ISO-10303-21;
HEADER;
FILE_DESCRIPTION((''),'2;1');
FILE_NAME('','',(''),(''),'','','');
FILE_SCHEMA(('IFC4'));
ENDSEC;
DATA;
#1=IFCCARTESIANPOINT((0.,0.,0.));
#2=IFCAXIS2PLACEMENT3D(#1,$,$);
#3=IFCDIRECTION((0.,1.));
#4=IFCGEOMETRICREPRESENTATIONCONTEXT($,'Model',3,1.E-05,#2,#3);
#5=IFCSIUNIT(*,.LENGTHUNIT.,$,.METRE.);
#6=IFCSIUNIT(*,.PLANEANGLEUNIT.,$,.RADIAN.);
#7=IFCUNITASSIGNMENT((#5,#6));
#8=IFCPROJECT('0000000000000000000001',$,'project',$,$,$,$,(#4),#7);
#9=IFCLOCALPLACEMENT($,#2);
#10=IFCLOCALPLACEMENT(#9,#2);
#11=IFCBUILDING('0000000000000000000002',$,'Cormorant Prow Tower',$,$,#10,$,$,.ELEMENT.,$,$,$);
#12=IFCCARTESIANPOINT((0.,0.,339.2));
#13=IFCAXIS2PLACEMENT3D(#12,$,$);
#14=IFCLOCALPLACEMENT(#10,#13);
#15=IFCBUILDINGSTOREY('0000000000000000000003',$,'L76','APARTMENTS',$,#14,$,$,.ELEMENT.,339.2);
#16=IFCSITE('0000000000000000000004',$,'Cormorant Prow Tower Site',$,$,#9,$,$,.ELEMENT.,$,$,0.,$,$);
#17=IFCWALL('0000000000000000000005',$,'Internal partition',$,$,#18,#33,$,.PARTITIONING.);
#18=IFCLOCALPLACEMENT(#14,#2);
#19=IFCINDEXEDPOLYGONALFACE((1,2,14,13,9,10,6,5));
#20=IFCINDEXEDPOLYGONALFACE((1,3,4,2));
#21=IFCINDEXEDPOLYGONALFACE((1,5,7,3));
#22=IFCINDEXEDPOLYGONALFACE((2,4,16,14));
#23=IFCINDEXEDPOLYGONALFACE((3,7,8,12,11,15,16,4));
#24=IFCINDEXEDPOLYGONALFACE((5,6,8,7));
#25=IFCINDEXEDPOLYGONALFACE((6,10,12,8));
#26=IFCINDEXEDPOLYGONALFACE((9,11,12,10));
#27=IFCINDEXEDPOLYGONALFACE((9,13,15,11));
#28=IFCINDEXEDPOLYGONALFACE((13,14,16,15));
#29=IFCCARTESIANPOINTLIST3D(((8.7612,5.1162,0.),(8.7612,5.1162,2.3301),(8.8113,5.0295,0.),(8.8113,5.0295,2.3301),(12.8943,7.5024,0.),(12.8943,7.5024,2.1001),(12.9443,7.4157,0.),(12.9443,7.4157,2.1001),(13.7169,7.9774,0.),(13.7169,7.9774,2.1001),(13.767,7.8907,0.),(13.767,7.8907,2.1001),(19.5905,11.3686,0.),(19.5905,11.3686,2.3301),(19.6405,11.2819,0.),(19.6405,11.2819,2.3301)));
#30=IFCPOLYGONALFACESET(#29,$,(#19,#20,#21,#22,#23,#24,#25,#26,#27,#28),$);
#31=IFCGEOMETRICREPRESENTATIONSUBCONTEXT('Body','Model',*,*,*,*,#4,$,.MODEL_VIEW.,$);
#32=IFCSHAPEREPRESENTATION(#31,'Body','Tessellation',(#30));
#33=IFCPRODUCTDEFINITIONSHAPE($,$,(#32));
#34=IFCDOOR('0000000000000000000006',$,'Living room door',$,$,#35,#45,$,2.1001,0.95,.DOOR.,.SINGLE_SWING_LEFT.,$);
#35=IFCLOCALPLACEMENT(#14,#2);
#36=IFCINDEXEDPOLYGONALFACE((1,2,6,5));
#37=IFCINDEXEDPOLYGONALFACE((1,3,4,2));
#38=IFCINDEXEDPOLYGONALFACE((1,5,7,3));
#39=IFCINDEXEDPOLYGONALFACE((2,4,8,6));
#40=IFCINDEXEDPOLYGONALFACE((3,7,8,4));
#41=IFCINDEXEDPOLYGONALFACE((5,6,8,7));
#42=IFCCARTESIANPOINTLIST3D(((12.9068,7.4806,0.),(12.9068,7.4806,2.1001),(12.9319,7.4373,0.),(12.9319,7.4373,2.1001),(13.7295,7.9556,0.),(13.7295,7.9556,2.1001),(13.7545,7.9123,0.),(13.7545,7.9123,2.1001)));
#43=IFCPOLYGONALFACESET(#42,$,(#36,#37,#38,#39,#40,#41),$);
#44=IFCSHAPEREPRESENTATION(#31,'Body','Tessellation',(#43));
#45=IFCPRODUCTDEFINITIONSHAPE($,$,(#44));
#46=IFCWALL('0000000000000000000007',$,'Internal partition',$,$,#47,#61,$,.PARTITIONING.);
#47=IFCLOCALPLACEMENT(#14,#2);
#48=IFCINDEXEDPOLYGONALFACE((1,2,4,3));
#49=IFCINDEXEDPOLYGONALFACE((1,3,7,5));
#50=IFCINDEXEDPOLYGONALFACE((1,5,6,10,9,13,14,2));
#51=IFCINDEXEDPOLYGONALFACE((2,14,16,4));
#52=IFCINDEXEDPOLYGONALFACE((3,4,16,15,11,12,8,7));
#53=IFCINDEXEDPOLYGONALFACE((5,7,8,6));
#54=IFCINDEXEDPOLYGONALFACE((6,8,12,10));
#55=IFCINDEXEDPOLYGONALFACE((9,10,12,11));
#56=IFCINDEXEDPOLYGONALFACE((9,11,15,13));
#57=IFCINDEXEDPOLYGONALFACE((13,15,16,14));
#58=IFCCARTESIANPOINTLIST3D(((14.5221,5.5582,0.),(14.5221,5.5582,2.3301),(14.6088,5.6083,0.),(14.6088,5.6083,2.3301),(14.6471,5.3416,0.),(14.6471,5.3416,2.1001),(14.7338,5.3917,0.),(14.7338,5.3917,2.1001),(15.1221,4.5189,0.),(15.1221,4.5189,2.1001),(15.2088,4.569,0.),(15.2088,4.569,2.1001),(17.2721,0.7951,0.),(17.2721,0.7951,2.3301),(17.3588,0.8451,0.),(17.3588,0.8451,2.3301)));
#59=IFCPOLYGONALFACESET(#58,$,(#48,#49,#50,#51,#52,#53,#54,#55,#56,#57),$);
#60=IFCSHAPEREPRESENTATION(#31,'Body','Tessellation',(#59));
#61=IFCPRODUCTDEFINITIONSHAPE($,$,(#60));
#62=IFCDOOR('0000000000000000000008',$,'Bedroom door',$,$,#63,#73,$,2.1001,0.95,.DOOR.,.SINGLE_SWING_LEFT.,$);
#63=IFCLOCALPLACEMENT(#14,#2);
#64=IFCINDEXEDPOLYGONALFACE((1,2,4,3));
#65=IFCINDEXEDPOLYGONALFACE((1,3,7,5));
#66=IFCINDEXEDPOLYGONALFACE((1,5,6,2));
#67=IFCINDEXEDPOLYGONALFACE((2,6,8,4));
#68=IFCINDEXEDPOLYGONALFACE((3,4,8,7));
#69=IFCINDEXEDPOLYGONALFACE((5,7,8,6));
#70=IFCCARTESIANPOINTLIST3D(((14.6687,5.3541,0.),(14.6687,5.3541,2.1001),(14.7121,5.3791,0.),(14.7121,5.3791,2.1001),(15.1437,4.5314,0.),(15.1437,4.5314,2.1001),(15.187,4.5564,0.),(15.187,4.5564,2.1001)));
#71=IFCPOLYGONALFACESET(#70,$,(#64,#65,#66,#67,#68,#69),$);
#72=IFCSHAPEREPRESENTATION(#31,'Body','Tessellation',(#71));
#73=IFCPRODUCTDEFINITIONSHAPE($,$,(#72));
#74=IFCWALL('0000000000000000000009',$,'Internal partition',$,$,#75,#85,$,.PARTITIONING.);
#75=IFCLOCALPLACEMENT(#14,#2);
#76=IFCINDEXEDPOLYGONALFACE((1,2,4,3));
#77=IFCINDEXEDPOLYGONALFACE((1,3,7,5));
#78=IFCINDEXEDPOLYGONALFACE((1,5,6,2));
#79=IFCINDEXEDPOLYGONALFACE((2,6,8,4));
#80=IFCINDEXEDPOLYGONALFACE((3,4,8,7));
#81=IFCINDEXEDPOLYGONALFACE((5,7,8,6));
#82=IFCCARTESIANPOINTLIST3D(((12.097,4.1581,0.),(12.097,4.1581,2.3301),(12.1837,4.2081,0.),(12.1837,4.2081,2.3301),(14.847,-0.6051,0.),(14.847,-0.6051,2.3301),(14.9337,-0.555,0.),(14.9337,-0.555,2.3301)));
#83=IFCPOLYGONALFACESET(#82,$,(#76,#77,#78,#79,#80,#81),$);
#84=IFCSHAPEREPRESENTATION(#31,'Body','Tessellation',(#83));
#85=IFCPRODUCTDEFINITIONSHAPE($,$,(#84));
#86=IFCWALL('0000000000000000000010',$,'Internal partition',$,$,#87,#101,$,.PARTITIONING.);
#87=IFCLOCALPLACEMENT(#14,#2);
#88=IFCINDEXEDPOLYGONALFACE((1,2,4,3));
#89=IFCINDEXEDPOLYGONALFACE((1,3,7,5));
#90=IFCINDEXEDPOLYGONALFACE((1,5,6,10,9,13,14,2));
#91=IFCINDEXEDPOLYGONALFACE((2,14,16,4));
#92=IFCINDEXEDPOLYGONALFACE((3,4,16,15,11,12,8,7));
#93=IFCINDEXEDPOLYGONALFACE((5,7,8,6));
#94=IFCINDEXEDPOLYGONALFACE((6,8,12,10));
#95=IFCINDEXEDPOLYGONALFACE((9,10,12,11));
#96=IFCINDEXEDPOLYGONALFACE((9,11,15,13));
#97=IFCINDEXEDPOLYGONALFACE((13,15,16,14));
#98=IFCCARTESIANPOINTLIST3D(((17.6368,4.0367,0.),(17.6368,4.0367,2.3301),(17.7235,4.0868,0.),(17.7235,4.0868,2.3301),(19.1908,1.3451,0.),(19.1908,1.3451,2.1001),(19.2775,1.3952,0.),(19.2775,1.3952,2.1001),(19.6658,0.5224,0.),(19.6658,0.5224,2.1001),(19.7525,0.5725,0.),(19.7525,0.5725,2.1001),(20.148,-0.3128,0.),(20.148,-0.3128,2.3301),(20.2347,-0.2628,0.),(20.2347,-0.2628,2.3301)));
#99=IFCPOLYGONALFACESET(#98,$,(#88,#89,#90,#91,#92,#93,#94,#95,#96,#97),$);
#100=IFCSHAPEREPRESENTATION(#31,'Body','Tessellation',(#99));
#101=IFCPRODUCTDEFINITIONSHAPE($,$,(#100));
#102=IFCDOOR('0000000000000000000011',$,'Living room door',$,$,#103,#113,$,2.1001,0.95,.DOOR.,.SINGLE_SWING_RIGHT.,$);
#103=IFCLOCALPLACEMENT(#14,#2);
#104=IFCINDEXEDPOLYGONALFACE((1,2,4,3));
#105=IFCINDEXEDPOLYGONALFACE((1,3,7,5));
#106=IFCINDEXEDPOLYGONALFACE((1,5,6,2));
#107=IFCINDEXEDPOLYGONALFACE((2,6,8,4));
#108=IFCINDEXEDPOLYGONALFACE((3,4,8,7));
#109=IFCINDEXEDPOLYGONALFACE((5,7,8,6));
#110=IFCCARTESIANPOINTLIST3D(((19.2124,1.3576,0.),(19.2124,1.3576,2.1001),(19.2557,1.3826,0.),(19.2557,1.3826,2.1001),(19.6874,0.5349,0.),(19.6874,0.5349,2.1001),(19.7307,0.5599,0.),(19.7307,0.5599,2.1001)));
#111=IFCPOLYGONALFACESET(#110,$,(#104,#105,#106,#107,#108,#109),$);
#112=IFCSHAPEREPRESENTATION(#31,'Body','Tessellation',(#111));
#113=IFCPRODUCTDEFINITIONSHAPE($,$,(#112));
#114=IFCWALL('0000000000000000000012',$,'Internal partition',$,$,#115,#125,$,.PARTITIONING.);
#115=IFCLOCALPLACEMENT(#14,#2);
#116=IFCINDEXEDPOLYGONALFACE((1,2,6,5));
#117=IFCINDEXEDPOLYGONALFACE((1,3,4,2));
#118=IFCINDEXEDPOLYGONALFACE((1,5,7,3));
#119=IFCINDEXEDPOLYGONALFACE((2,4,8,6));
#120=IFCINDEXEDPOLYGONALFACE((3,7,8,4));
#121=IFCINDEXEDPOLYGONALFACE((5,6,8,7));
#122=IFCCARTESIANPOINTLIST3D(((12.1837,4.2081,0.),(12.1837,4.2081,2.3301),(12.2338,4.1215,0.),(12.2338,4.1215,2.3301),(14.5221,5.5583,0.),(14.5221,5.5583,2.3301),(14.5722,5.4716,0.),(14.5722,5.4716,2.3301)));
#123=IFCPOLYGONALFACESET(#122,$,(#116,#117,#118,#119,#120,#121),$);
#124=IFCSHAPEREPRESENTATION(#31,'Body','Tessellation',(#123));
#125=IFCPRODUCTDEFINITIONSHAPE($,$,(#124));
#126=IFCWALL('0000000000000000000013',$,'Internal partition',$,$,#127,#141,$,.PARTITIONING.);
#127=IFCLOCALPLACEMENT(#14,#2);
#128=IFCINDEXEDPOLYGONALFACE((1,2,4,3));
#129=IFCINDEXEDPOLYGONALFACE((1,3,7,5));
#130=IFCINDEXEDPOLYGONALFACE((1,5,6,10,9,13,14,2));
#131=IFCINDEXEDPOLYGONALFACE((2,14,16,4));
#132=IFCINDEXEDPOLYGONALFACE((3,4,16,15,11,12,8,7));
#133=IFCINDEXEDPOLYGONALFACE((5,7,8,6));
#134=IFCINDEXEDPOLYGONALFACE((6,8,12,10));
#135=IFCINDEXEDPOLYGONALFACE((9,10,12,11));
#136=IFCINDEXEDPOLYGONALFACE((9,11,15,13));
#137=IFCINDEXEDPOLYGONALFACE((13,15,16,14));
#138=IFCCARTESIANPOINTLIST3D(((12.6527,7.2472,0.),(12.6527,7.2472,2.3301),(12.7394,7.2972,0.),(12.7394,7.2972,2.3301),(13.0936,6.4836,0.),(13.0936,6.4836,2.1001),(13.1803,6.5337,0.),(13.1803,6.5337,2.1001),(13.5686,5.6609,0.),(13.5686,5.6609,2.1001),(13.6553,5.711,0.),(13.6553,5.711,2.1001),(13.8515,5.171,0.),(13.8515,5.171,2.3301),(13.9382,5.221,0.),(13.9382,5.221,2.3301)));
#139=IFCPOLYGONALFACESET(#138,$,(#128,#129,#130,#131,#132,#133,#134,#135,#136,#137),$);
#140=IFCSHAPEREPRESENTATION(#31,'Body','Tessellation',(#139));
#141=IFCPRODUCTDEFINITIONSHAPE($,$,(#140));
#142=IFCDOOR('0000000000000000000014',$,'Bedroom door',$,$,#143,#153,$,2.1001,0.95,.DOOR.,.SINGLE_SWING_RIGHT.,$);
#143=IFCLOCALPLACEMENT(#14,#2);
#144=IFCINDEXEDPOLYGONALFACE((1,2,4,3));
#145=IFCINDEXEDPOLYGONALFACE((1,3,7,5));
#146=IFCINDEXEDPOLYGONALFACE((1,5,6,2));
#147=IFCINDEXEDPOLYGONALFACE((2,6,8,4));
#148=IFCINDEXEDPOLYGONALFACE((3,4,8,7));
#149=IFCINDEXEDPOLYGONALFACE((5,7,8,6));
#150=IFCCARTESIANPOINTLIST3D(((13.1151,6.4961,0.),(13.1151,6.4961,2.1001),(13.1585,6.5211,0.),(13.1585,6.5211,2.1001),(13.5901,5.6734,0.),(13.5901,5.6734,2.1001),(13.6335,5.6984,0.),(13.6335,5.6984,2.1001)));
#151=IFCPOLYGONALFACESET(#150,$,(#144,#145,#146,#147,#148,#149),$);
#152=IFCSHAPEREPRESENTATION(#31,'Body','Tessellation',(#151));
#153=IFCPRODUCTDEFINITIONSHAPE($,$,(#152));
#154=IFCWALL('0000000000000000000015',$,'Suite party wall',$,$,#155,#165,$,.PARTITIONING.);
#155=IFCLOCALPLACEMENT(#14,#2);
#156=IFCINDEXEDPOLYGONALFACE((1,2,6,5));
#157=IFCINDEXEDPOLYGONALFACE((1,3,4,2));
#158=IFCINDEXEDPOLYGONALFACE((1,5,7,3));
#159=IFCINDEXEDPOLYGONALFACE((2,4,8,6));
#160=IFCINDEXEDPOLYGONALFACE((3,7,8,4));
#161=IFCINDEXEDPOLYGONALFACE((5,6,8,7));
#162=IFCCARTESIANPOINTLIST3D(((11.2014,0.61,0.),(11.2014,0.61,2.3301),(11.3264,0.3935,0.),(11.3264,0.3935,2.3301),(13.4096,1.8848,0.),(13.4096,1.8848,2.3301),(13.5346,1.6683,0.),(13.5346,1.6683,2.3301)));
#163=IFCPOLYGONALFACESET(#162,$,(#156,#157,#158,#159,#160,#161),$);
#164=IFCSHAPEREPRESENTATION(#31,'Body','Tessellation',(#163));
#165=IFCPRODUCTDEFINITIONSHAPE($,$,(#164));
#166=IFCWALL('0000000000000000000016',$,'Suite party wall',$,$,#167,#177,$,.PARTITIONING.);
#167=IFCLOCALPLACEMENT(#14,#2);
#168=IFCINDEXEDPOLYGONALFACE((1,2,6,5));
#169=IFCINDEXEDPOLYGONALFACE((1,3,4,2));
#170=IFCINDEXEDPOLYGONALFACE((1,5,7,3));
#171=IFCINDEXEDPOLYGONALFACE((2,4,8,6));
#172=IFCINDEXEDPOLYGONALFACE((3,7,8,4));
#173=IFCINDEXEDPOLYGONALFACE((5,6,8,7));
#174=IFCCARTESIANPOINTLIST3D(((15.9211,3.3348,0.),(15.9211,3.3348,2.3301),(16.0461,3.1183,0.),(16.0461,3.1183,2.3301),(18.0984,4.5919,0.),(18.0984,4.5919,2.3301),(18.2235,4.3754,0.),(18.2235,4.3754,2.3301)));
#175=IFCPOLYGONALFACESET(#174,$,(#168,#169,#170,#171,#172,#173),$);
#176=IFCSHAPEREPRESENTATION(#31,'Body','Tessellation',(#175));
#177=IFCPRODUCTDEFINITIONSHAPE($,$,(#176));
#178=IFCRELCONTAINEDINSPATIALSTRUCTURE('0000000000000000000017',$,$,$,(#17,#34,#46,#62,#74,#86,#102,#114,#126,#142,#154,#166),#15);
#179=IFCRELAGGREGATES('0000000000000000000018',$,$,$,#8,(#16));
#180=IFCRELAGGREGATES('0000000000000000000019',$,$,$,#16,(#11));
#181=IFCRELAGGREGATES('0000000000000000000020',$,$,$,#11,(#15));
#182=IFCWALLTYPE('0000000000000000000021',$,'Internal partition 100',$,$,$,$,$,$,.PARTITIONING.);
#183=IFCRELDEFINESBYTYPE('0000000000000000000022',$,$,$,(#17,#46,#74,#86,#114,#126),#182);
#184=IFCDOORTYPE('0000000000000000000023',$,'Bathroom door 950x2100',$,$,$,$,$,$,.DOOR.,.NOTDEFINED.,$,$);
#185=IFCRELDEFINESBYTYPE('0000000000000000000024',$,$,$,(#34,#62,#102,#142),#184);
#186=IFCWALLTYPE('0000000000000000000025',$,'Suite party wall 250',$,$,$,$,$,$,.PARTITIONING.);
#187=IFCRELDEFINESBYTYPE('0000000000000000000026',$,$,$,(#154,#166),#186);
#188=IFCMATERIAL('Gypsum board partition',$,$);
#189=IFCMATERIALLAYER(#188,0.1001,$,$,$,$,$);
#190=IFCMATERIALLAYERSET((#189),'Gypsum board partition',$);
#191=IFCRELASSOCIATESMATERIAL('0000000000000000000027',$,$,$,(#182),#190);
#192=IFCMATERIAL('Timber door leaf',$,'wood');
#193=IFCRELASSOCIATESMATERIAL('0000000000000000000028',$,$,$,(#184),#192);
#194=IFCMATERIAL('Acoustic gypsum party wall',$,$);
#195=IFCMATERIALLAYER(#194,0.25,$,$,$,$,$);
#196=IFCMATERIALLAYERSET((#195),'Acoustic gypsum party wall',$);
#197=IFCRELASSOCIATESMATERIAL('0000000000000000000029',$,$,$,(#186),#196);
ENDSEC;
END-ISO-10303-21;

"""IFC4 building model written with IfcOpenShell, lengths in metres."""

from ifc_helpers import new_model, si_unit, direction, frame, frame_2d, origin, place, context, subcontext, project, spatial, rectangle, extrude, material, layer, layer_set, type_object, element, fill, save


model = new_model("IFC4")

# Units and contexts
model_context = context("Model", 3, precision=1e-05, world=origin(), true_north=direction((0.0, 1.0)))
body_context = subcontext(model_context, "Body", "Model", "MODEL_VIEW")
ifc_project = project(units=[si_unit("LENGTHUNIT", "METRE"), si_unit("PLANEANGLEUNIT", "RADIAN")], contexts=[model_context])

# Site, building, storey
site_placement = place(None, origin())
site = spatial("IfcSite", under=ifc_project, at=site_placement, Name="Cormorant Prow Tower Site", CompositionType="ELEMENT", RefElevation=0.0)
building_placement = place(site_placement, origin())
building = spatial("IfcBuilding", under=site, at=building_placement, Name="Cormorant Prow Tower", CompositionType="ELEMENT")
storey_placement = place(building_placement, frame((0.0, 0.0, 339.2)))
storey = spatial("IfcBuildingStorey", under=building, at=storey_placement, Name="L76", Description="APARTMENTS", CompositionType="ELEMENT", Elevation=339.2)

# Walls, openings, doors
ifc_material_1 = material(Name="Gypsum board partition")
ifc_layer_1 = layer(ifc_material_1, 0.1001)
ifc_layer_set_1 = layer_set([ifc_layer_1], Name="Gypsum board partition")
wall_type_1 = type_object("IfcWallType", Name="Internal partition 100", PredefinedType="PARTITIONING", material=ifc_layer_set_1)
wall_1_placement = place(storey_placement, frame((8.7861, 5.0728, 0.0), z_axis=(0.0, 0.0, 1.0), x_axis=(0.866021, 0.500007, 0.0)))
wall_1 = element("IfcWall", 1, at=wall_1_placement, inside=storey, type_object=wall_type_1, Name="Internal partition", PredefinedType="PARTITIONING", context=body_context, shape_type="SweptSolid", body=[
    extrude(rectangle(XDim=12.5046, YDim=0.1001, at=frame_2d((6.2524, 0.0))), origin(), (0.0, 0.0, 1.0), 2.3301),
])
opening_1_placement = place(wall_1_placement, frame((4.7725, 0.0, 0.0)))
opening_1 = element("IfcOpeningElement", 2, at=opening_1_placement, cuts=wall_1, PredefinedType="OPENING", context=body_context, shape_type="SweptSolid", body=[
    extrude(rectangle(XDim=0.95, YDim=2.1001, at=frame_2d((0.4751, 1.05))), frame((0.0, 0.0601, 0.0), z_axis=(0.0, -1.0, 0.0), x_axis=(1.0, 0.0, 0.0)), (0.0, 0.0, 1.0), 0.1201),
])
ifc_material_2 = material(Name="Timber door leaf", Category="wood")
door_type_1 = type_object("IfcDoorType", Name="Bathroom door 950x2100", OperationType="NOTDEFINED", PredefinedType="DOOR", material=ifc_material_2)
door_1_placement = place(opening_1_placement, origin())
door_1 = element("IfcDoor", 3, at=door_1_placement, inside=storey, type_object=door_type_1, Name="Living room door", OperationType="SINGLE_SWING_LEFT", OverallHeight=2.1001, OverallWidth=0.95, PredefinedType="DOOR", context=body_context, shape_type="SweptSolid", body=[
    extrude(rectangle(XDim=0.95, YDim=2.1001, at=frame_2d((0.4751, 1.05))), frame((0.0, 0.0249, 0.0), z_axis=(0.0, -1.0, 0.0), x_axis=(1.0, 0.0, 0.0)), (0.0, 0.0, 1.0), 0.05),
])
fill(opening_1, door_1)
wall_2_placement = place(storey_placement, frame((14.5654, 5.5833, 0.0), z_axis=(0.0, 0.0, 1.0), x_axis=(0.499997, -0.866027, 0.0)))
wall_2 = element("IfcWall", 4, at=wall_2_placement, inside=storey, type_object=wall_type_1, Name="Internal partition", PredefinedType="PARTITIONING", context=body_context, shape_type="SweptSolid", body=[
    extrude(rectangle(XDim=5.5, YDim=0.1001, at=frame_2d((2.75, 0.0))), origin(), (0.0, 0.0, 1.0), 2.3301),
])
opening_2_placement = place(wall_2_placement, frame((0.25, 0.0, 0.0)))
opening_2 = element("IfcOpeningElement", 5, at=opening_2_placement, cuts=wall_2, PredefinedType="OPENING", context=body_context, shape_type="SweptSolid", body=[
    extrude(rectangle(XDim=0.95, YDim=2.1001, at=frame_2d((0.4751, 1.05))), frame((0.0, 0.0601, 0.0), z_axis=(0.0, -1.0, 0.0), x_axis=(1.0, 0.0, 0.0)), (0.0, 0.0, 1.0), 0.1201),
])
door_2_placement = place(opening_2_placement, origin())
door_2 = element("IfcDoor", 6, at=door_2_placement, inside=storey, type_object=door_type_1, Name="Bedroom door", OperationType="SINGLE_SWING_LEFT", OverallHeight=2.1001, OverallWidth=0.95, PredefinedType="DOOR", context=body_context, shape_type="SweptSolid", body=[
    extrude(rectangle(XDim=0.95, YDim=2.1001, at=frame_2d((0.4751, 1.05))), frame((0.0, 0.0249, 0.0), z_axis=(0.0, -1.0, 0.0), x_axis=(1.0, 0.0, 0.0)), (0.0, 0.0, 1.0), 0.05),
])
fill(opening_2, door_2)

# Wall
wall_3_placement = place(storey_placement, frame((12.1404, 4.1831, 0.0), z_axis=(0.0, 0.0, 1.0), x_axis=(0.499997, -0.866027, 0.0)))
element("IfcWall", 7, at=wall_3_placement, inside=storey, type_object=wall_type_1, Name="Internal partition", PredefinedType="PARTITIONING", context=body_context, shape_type="SweptSolid", body=[
    extrude(rectangle(XDim=5.5, YDim=0.1001, at=frame_2d((2.75, 0.0))), origin(), (0.0, 0.0, 1.0), 2.3301),
])

# Wall, opening, door
wall_4_placement = place(storey_placement, frame((17.6802, 4.0618, 0.0), z_axis=(0.0, 0.0, 1.0), x_axis=(0.499997, -0.866027, 0.0)))
wall_4 = element("IfcWall", 8, at=wall_4_placement, inside=storey, type_object=wall_type_1, Name="Internal partition", PredefinedType="PARTITIONING", context=body_context, shape_type="SweptSolid", body=[
    extrude(rectangle(XDim=5.0225, YDim=0.1001, at=frame_2d((2.5112, 0.0))), origin(), (0.0, 0.0, 1.0), 2.3301),
])
opening_3_placement = place(wall_4_placement, frame((3.1079, 0.0, 0.0)))
opening_3 = element("IfcOpeningElement", 9, at=opening_3_placement, cuts=wall_4, PredefinedType="OPENING", context=body_context, shape_type="SweptSolid", body=[
    extrude(rectangle(XDim=0.95, YDim=2.1001, at=frame_2d((0.4751, 1.05))), frame((0.0, 0.0601, 0.0), z_axis=(0.0, -1.0, 0.0), x_axis=(1.0, 0.0, 0.0)), (0.0, 0.0, 1.0), 0.1201),
])
door_3_placement = place(opening_3_placement, origin())
door_3 = element("IfcDoor", 10, at=door_3_placement, inside=storey, type_object=door_type_1, Name="Living room door", OperationType="SINGLE_SWING_RIGHT", OverallHeight=2.1001, OverallWidth=0.95, PredefinedType="DOOR", context=body_context, shape_type="SweptSolid", body=[
    extrude(rectangle(XDim=0.95, YDim=2.1001, at=frame_2d((0.4751, 1.05))), frame((0.0, 0.0249, 0.0), z_axis=(0.0, -1.0, 0.0), x_axis=(1.0, 0.0, 0.0)), (0.0, 0.0, 1.0), 0.05),
])
fill(opening_3, door_3)

# Wall
wall_5_placement = place(storey_placement, frame((12.2087, 4.1648, 0.0), z_axis=(0.0, 0.0, 1.0), x_axis=(0.86602, 0.500009, 0.0)))
element("IfcWall", 11, at=wall_5_placement, inside=storey, type_object=wall_type_1, Name="Internal partition", PredefinedType="PARTITIONING", context=body_context, shape_type="SweptSolid", body=[
    extrude(rectangle(XDim=2.7002, YDim=0.1001, at=frame_2d((1.3501, 0.0))), origin(), (0.0, 0.0, 1.0), 2.3301),
])

# Wall, opening, door
wall_6_placement = place(storey_placement, frame((12.696, 7.2722, 0.0), z_axis=(0.0, 0.0, 1.0), x_axis=(0.500016, -0.866016, 0.0)))
wall_6 = element("IfcWall", 12, at=wall_6_placement, inside=storey, type_object=wall_type_1, Name="Internal partition", PredefinedType="PARTITIONING", context=body_context, shape_type="SweptSolid", body=[
    extrude(rectangle(XDim=2.3975, YDim=0.1001, at=frame_2d((1.1987, 0.0))), origin(), (0.0, 0.0, 1.0), 2.3301),
])
opening_4_placement = place(wall_6_placement, frame((0.8816, 0.0, 0.0)))
opening_4 = element("IfcOpeningElement", 13, at=opening_4_placement, cuts=wall_6, PredefinedType="OPENING", context=body_context, shape_type="SweptSolid", body=[
    extrude(rectangle(XDim=0.95, YDim=2.1001, at=frame_2d((0.4751, 1.05))), frame((0.0, 0.0601, 0.0), z_axis=(0.0, -1.0, 0.0), x_axis=(1.0, 0.0, 0.0)), (0.0, 0.0, 1.0), 0.1201),
])
door_4_placement = place(opening_4_placement, origin())
door_4 = element("IfcDoor", 14, at=door_4_placement, inside=storey, type_object=door_type_1, Name="Bedroom door", OperationType="SINGLE_SWING_RIGHT", OverallHeight=2.1001, OverallWidth=0.95, PredefinedType="DOOR", context=body_context, shape_type="SweptSolid", body=[
    extrude(rectangle(XDim=0.95, YDim=2.1001, at=frame_2d((0.4751, 1.05))), frame((0.0, 0.0249, 0.0), z_axis=(0.0, -1.0, 0.0), x_axis=(1.0, 0.0, 0.0)), (0.0, 0.0, 1.0), 0.05),
])
fill(opening_4, door_4)

# Walls
ifc_material_3 = material(Name="Acoustic gypsum party wall")
ifc_layer_2 = layer(ifc_material_3, 0.25)
ifc_layer_set_2 = layer_set([ifc_layer_2], Name="Acoustic gypsum party wall")
wall_type_2 = type_object("IfcWallType", Name="Suite party wall 250", PredefinedType="PARTITIONING", material=ifc_layer_set_2)
wall_7_placement = place(storey_placement, frame((11.2639, 0.5017, 0.0), z_axis=(0.0, 0.0, 1.0), x_axis=(0.866031, 0.49999, 0.0)))
element("IfcWall", 15, at=wall_7_placement, inside=storey, type_object=wall_type_2, Name="Suite party wall", PredefinedType="PARTITIONING", context=body_context, shape_type="SweptSolid", body=[
    extrude(rectangle(XDim=2.5498, YDim=0.25, at=frame_2d((1.2749, 0.0))), origin(), (0.0, 0.0, 1.0), 2.3301),
])
wall_8_placement = place(storey_placement, frame((15.9836, 3.2266, 0.0), z_axis=(0.0, 0.0, 1.0), x_axis=(0.866017, 0.500014, 0.0)))
element("IfcWall", 16, at=wall_8_placement, inside=storey, type_object=wall_type_2, Name="Suite party wall", PredefinedType="PARTITIONING", context=body_context, shape_type="SweptSolid", body=[
    extrude(rectangle(XDim=2.5142, YDim=0.25, at=frame_2d((1.2571, 0.0))), origin(), (0.0, 0.0, 1.0), 2.3301),
])

save(model, "model.ifc")
